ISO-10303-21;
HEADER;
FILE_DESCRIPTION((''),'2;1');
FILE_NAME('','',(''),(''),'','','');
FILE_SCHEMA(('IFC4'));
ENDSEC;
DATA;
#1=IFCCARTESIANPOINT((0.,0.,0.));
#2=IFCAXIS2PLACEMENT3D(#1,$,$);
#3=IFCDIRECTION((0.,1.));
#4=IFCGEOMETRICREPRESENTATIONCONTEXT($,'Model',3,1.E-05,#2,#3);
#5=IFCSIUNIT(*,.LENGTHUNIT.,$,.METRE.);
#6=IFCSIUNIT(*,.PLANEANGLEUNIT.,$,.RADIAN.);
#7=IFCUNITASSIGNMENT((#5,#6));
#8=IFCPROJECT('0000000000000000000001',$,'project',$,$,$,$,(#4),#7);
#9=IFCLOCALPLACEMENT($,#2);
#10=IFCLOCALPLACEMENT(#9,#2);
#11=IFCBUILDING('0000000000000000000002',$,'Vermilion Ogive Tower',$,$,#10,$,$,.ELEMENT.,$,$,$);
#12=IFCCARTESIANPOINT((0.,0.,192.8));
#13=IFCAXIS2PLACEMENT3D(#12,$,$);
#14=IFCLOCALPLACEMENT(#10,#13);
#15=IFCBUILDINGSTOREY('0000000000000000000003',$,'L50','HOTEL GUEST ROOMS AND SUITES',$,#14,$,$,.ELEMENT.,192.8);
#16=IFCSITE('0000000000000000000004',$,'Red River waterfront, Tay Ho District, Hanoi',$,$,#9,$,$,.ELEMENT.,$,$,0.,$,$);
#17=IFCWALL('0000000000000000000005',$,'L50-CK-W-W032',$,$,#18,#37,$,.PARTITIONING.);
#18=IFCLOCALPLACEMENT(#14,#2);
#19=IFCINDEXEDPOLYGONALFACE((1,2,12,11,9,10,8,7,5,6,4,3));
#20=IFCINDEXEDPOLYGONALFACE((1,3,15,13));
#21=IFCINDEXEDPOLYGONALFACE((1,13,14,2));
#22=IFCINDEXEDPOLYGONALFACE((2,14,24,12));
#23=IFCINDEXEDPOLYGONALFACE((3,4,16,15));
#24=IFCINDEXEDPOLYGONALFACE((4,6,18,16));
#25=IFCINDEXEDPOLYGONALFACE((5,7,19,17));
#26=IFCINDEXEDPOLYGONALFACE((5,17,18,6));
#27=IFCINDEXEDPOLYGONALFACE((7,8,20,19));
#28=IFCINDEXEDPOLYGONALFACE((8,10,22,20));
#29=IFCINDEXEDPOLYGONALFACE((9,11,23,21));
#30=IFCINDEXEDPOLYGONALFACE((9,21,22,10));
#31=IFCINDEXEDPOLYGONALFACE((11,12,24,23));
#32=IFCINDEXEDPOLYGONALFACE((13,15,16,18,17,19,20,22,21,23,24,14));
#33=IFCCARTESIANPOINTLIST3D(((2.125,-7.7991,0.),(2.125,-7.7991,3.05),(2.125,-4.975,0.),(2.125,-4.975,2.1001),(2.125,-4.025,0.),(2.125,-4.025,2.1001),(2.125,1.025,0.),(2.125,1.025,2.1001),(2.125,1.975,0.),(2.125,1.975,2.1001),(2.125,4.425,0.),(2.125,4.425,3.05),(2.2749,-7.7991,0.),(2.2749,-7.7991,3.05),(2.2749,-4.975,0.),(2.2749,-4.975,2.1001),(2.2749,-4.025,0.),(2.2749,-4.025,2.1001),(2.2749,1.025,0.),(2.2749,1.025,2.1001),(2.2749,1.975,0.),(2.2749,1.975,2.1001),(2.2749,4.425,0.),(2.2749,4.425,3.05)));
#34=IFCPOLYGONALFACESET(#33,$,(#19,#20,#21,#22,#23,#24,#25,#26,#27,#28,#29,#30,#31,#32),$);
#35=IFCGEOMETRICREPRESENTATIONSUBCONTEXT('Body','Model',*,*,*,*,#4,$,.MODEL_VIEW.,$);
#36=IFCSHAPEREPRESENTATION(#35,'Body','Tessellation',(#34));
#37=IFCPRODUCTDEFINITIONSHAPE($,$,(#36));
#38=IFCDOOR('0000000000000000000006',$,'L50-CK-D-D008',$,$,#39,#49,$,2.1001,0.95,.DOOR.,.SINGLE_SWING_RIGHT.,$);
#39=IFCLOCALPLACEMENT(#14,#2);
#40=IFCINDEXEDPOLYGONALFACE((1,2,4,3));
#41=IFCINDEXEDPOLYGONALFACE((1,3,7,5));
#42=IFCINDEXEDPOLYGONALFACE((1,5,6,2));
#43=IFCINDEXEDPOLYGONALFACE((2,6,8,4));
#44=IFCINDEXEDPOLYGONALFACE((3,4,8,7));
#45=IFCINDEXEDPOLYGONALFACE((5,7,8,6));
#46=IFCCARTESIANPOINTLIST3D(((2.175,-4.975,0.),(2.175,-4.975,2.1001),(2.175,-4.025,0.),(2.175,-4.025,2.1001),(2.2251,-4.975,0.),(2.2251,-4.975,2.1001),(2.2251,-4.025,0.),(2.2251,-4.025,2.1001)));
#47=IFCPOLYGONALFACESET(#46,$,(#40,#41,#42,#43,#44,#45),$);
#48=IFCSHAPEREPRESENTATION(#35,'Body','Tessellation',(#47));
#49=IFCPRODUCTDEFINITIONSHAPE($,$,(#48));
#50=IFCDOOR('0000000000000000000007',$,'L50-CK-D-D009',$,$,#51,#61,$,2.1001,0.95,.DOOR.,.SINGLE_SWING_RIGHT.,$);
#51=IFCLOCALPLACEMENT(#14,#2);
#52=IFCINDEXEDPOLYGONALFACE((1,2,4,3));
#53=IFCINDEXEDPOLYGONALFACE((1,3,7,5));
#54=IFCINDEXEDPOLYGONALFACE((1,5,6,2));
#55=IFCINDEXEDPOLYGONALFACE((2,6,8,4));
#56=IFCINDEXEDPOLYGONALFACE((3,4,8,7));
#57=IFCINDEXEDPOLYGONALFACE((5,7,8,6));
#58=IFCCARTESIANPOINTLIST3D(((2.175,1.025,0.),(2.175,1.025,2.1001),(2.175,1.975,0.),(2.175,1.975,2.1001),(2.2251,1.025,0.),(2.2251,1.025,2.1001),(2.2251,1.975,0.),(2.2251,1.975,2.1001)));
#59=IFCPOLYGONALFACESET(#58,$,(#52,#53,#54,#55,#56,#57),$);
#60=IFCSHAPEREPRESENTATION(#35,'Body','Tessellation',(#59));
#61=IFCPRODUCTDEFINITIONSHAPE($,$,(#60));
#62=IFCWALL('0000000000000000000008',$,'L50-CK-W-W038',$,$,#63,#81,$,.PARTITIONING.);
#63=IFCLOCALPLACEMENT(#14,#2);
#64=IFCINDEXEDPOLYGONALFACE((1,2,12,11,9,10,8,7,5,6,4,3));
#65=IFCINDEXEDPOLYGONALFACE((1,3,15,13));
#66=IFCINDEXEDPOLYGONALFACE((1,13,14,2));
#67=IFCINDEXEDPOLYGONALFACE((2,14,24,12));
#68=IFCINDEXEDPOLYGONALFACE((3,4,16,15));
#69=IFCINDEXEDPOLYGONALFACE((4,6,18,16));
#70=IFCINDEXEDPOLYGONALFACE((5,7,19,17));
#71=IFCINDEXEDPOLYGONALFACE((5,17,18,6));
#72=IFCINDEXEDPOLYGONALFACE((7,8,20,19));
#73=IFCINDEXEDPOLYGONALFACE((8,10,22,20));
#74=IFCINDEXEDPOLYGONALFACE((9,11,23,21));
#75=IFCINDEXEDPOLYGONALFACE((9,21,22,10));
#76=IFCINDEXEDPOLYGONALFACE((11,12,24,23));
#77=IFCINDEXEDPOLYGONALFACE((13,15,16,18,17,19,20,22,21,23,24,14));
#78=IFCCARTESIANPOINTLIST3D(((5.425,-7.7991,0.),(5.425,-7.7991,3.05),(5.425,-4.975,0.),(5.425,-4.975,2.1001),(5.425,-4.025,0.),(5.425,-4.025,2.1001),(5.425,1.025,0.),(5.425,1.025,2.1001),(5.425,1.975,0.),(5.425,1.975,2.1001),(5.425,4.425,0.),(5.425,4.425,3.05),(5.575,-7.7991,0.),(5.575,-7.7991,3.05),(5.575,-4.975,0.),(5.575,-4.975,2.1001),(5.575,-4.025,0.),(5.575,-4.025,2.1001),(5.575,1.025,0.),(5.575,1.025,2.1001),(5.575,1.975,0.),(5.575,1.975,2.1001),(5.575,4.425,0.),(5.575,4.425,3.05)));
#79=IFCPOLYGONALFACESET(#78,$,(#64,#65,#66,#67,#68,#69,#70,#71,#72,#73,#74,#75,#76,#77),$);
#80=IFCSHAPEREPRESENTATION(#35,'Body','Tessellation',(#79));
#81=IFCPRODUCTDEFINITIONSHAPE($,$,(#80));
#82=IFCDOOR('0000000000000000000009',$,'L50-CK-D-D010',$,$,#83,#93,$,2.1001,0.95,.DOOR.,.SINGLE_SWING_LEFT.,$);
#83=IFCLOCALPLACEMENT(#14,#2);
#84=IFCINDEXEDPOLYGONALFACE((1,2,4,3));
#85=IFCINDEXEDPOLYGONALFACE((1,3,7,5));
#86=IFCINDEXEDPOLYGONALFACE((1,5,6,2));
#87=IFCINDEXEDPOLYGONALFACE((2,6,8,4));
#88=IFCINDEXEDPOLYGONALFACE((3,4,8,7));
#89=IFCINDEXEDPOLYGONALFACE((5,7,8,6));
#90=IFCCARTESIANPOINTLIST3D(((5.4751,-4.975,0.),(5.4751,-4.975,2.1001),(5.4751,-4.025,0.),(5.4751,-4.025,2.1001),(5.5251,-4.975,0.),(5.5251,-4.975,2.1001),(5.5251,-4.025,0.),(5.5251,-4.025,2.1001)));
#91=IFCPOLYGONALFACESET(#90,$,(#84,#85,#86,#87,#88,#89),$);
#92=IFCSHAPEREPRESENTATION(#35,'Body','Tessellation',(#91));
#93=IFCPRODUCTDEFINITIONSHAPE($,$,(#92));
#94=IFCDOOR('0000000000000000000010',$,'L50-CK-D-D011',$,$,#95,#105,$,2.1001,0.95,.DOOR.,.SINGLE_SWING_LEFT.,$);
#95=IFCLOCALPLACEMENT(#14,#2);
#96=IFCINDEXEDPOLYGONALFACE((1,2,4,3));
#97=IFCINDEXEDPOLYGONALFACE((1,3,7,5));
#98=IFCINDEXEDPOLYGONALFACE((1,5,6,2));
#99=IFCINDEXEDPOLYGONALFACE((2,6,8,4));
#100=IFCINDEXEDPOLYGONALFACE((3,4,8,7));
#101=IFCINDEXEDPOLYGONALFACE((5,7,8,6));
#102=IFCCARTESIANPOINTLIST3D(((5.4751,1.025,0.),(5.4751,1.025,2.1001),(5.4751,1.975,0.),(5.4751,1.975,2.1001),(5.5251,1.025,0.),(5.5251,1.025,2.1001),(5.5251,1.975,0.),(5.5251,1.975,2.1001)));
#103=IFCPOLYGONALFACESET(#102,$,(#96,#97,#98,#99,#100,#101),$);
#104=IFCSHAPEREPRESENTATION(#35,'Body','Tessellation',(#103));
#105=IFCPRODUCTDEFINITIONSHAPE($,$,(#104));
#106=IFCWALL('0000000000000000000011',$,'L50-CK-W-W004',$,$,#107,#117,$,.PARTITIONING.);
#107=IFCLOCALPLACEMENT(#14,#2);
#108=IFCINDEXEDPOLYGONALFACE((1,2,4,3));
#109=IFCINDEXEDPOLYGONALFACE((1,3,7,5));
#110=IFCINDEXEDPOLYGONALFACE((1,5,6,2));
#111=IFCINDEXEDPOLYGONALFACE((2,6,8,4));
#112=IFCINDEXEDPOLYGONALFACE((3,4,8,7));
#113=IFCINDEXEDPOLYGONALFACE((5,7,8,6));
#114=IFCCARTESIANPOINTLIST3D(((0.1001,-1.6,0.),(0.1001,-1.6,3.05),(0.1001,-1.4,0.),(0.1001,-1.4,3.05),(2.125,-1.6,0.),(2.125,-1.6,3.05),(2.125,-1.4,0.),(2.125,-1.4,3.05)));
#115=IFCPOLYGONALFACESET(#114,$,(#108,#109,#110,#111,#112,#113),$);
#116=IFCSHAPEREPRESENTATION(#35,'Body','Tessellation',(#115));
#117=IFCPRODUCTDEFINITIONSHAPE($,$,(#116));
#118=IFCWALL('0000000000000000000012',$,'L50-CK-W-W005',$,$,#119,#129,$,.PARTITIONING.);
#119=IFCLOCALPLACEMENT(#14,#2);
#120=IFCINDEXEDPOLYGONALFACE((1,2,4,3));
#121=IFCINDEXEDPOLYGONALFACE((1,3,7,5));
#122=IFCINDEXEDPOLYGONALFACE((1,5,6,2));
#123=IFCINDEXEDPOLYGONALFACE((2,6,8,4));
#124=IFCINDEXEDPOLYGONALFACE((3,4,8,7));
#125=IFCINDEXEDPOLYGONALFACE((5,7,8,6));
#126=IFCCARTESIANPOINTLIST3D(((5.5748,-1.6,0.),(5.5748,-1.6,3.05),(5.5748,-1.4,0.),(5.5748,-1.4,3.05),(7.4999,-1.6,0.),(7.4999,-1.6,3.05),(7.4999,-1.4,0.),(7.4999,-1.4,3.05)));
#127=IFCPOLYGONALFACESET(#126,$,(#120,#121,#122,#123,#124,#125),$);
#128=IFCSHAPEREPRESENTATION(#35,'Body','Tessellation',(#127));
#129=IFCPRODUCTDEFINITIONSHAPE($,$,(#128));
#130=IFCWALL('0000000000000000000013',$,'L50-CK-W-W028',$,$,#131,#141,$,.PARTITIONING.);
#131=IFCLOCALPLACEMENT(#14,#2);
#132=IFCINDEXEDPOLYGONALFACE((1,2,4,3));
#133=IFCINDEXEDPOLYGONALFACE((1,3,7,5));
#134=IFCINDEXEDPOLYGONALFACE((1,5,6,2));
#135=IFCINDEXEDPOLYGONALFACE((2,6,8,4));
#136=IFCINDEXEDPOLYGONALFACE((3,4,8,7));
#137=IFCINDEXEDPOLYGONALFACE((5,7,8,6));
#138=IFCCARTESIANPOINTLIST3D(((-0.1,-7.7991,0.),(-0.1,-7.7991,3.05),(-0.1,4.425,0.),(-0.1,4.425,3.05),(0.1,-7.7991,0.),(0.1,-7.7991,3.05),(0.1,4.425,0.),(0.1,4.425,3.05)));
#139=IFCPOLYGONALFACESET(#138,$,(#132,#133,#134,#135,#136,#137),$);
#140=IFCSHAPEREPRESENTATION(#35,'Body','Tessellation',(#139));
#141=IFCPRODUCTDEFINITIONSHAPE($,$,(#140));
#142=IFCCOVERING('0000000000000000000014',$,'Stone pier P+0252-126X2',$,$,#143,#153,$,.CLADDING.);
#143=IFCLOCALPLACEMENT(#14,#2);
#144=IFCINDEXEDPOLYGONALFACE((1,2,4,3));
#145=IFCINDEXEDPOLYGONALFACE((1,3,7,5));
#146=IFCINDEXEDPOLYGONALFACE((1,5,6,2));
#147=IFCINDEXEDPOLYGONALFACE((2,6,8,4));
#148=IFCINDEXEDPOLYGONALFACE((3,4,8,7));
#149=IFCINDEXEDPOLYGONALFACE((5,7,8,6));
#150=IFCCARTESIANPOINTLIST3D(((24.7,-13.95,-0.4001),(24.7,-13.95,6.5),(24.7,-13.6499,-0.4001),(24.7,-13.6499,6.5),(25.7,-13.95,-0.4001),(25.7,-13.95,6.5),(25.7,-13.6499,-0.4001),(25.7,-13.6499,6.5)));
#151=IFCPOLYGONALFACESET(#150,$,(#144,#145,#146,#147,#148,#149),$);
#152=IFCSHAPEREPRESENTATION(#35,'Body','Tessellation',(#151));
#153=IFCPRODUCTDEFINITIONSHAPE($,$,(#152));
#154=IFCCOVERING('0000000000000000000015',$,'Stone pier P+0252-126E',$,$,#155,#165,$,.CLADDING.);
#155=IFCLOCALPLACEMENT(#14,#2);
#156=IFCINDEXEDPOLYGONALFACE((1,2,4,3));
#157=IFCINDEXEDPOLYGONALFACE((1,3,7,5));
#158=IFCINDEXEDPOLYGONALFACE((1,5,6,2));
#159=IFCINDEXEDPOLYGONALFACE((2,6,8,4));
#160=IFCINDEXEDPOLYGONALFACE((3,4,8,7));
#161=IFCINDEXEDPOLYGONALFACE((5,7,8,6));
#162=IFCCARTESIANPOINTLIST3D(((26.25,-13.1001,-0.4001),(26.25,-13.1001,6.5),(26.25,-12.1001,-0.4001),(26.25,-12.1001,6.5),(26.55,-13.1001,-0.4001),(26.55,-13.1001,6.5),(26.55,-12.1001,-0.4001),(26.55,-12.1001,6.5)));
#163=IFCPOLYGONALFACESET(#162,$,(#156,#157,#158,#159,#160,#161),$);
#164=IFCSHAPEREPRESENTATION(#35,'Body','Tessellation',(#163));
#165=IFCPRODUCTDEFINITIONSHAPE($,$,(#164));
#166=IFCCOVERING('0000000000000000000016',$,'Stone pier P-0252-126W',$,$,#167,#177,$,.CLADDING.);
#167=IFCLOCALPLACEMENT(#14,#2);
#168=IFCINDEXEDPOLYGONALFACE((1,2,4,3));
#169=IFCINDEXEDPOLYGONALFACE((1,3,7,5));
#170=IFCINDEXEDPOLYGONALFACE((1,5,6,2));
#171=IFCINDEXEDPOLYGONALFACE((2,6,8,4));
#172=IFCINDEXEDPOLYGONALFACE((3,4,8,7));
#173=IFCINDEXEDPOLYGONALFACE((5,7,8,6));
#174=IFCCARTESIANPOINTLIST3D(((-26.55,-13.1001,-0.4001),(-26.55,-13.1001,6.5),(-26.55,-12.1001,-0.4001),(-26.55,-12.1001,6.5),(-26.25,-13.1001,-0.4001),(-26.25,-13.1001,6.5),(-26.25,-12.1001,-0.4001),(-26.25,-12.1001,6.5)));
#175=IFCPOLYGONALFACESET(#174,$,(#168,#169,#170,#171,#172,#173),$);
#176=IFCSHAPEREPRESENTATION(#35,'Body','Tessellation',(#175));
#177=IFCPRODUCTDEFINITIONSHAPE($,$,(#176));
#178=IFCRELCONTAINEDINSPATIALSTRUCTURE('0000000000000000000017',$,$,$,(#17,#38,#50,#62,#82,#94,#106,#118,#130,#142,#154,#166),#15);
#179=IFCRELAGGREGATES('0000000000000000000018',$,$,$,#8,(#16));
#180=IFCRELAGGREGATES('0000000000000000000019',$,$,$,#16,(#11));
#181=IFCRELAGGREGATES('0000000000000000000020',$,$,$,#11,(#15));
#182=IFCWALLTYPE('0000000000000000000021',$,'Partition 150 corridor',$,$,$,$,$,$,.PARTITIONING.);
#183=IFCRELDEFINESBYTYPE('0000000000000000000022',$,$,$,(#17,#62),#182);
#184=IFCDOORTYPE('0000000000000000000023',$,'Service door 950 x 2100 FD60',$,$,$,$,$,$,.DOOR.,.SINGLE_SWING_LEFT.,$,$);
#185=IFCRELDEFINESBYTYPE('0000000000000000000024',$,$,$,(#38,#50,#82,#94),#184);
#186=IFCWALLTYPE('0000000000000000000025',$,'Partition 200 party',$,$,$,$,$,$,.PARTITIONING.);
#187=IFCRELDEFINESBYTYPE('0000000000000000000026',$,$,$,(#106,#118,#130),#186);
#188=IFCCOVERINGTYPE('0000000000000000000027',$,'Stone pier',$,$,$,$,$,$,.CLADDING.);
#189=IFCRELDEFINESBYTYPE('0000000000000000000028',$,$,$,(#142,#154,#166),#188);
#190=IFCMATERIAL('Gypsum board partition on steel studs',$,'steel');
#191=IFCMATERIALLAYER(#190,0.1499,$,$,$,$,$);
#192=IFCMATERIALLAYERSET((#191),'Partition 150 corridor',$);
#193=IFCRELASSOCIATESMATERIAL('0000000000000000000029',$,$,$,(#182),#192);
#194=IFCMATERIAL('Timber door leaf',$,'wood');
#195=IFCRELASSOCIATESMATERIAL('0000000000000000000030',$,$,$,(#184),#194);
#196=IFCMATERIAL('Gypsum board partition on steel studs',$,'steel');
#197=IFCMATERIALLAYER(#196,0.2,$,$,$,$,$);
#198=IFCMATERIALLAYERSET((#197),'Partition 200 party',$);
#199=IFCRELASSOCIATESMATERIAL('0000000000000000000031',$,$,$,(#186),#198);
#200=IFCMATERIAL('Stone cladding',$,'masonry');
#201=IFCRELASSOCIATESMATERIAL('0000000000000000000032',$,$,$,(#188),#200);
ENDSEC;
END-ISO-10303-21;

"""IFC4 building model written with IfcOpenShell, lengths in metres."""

from ifc_helpers import new_model, si_unit, direction, frame, frame_2d, origin, place, context, subcontext, project, spatial, polyline, rectangle, outline, extrude, material, layer, layer_set, type_object, element, fill, save


model = new_model("IFC4")

# Units and contexts
model_context = context("Model", 3, precision=1e-05, world=origin(), true_north=direction((0.0, 1.0)))
body_context = subcontext(model_context, "Body", "Model", "MODEL_VIEW")
ifc_project = project(units=[si_unit("LENGTHUNIT", "METRE"), si_unit("PLANEANGLEUNIT", "RADIAN")], contexts=[model_context])

# Site, building, storey
site_placement = place(None, origin())
site = spatial("IfcSite", under=ifc_project, at=site_placement, Name="Red River waterfront, Tay Ho District, Hanoi", CompositionType="ELEMENT", RefElevation=0.0)
building_placement = place(site_placement, origin())
building = spatial("IfcBuilding", under=site, at=building_placement, Name="Vermilion Ogive Tower", CompositionType="ELEMENT")
storey_placement = place(building_placement, frame((0.0, 0.0, 192.8)))
storey = spatial("IfcBuildingStorey", under=building, at=storey_placement, Name="L50", Description="HOTEL GUEST ROOMS AND SUITES", CompositionType="ELEMENT", Elevation=192.8)

# Walls, openings, doors
ifc_material_1 = material(Name="Gypsum board partition on steel studs", Category="steel")
ifc_layer_1 = layer(ifc_material_1, 0.1499)
ifc_layer_set_1 = layer_set([ifc_layer_1], Name="Partition 150 corridor")
wall_type_1 = type_object("IfcWallType", Name="Partition 150 corridor", PredefinedType="PARTITIONING", material=ifc_layer_set_1)
wall_1_placement = place(storey_placement, frame((2.2, -7.7991, 0.0), z_axis=(0.0, 0.0, 1.0), x_axis=(0.0, 1.0, 0.0)))
wall_1 = element("IfcWall", 1, at=wall_1_placement, inside=storey, type_object=wall_type_1, Name="L50-CK-W-W032", PredefinedType="PARTITIONING", context=body_context, shape_type="SweptSolid", body=[
    extrude(rectangle(XDim=12.2241, YDim=0.1499, at=frame_2d((6.1121, 0.0))), origin(), (0.0, 0.0, 1.0), 3.05),
])
opening_1_placement = place(wall_1_placement, frame((2.824, 0.0, 0.0)))
opening_1 = element("IfcOpeningElement", 2, at=opening_1_placement, cuts=wall_1, PredefinedType="OPENING", context=body_context, shape_type="SweptSolid", body=[
    extrude(rectangle(XDim=0.95, YDim=2.1001, at=frame_2d((0.4751, 1.05))), frame((0.0, 0.085, 0.0), z_axis=(0.0, -1.0, 0.0), x_axis=(1.0, 0.0, 0.0)), (0.0, 0.0, 1.0), 0.1699),
])
opening_2_placement = place(wall_1_placement, frame((8.824, 0.0, 0.0)))
opening_2 = element("IfcOpeningElement", 3, at=opening_2_placement, cuts=wall_1, PredefinedType="OPENING", context=body_context, shape_type="SweptSolid", body=[
    extrude(rectangle(XDim=0.95, YDim=2.1001, at=frame_2d((0.4751, 1.05))), frame((0.0, 0.085, 0.0), z_axis=(0.0, -1.0, 0.0), x_axis=(1.0, 0.0, 0.0)), (0.0, 0.0, 1.0), 0.1699),
])
ifc_material_2 = material(Name="Timber door leaf", Category="wood")
door_type_1 = type_object("IfcDoorType", Name="Service door 950 x 2100 FD60", OperationType="SINGLE_SWING_LEFT", PredefinedType="DOOR", material=ifc_material_2)
door_1_placement = place(opening_1_placement, origin())
door_1 = element("IfcDoor", 4, at=door_1_placement, inside=storey, type_object=door_type_1, Name="L50-CK-D-D008", OperationType="SINGLE_SWING_RIGHT", OverallHeight=2.1001, OverallWidth=0.95, PredefinedType="DOOR", context=body_context, shape_type="SweptSolid", body=[
    extrude(rectangle(XDim=0.95, YDim=2.1001, at=frame_2d((0.4751, 1.05))), frame((0.0, 0.0249, 0.0), z_axis=(0.0, -1.0, 0.0), x_axis=(1.0, 0.0, 0.0)), (0.0, 0.0, 1.0), 0.05),
])
fill(opening_1, door_1)
door_2_placement = place(opening_2_placement, origin())
door_2 = element("IfcDoor", 5, at=door_2_placement, inside=storey, type_object=door_type_1, Name="L50-CK-D-D009", OperationType="SINGLE_SWING_RIGHT", OverallHeight=2.1001, OverallWidth=0.95, PredefinedType="DOOR", context=body_context, shape_type="SweptSolid", body=[
    extrude(rectangle(XDim=0.95, YDim=2.1001, at=frame_2d((0.4751, 1.05))), frame((0.0, 0.0249, 0.0), z_axis=(0.0, -1.0, 0.0), x_axis=(1.0, 0.0, 0.0)), (0.0, 0.0, 1.0), 0.05),
])
fill(opening_2, door_2)
wall_2_placement = place(storey_placement, frame((5.5, -7.7991, 0.0), z_axis=(0.0, 0.0, 1.0), x_axis=(0.0, 1.0, 0.0)))
wall_2 = element("IfcWall", 6, at=wall_2_placement, inside=storey, type_object=wall_type_1, Name="L50-CK-W-W038", PredefinedType="PARTITIONING", context=body_context, shape_type="SweptSolid", body=[
    extrude(rectangle(XDim=12.2241, YDim=0.1499, at=frame_2d((6.1121, 0.0))), origin(), (0.0, 0.0, 1.0), 3.05),
])
opening_3_placement = place(wall_2_placement, frame((2.824, 0.0, 0.0)))
opening_3 = element("IfcOpeningElement", 7, at=opening_3_placement, cuts=wall_2, PredefinedType="OPENING", context=body_context, shape_type="SweptSolid", body=[
    extrude(rectangle(XDim=0.95, YDim=2.1001, at=frame_2d((0.4751, 1.05))), frame((0.0, 0.085, 0.0), z_axis=(0.0, -1.0, 0.0), x_axis=(1.0, 0.0, 0.0)), (0.0, 0.0, 1.0), 0.1699),
])
opening_4_placement = place(wall_2_placement, frame((8.824, 0.0, 0.0)))
opening_4 = element("IfcOpeningElement", 8, at=opening_4_placement, cuts=wall_2, PredefinedType="OPENING", context=body_context, shape_type="SweptSolid", body=[
    extrude(rectangle(XDim=0.95, YDim=2.1001, at=frame_2d((0.4751, 1.05))), frame((0.0, 0.085, 0.0), z_axis=(0.0, -1.0, 0.0), x_axis=(1.0, 0.0, 0.0)), (0.0, 0.0, 1.0), 0.1699),
])
door_3_placement = place(opening_3_placement, origin())
door_3 = element("IfcDoor", 9, at=door_3_placement, inside=storey, type_object=door_type_1, Name="L50-CK-D-D010", OperationType="SINGLE_SWING_LEFT", OverallHeight=2.1001, OverallWidth=0.95, PredefinedType="DOOR", context=body_context, shape_type="SweptSolid", body=[
    extrude(rectangle(XDim=0.95, YDim=2.1001, at=frame_2d((0.4751, 1.05))), frame((0.0, 0.0249, 0.0), z_axis=(0.0, -1.0, 0.0), x_axis=(1.0, 0.0, 0.0)), (0.0, 0.0, 1.0), 0.05),
])
fill(opening_3, door_3)
door_4_placement = place(opening_4_placement, origin())
door_4 = element("IfcDoor", 10, at=door_4_placement, inside=storey, type_object=door_type_1, Name="L50-CK-D-D011", OperationType="SINGLE_SWING_LEFT", OverallHeight=2.1001, OverallWidth=0.95, PredefinedType="DOOR", context=body_context, shape_type="SweptSolid", body=[
    extrude(rectangle(XDim=0.95, YDim=2.1001, at=frame_2d((0.4751, 1.05))), frame((0.0, 0.0249, 0.0), z_axis=(0.0, -1.0, 0.0), x_axis=(1.0, 0.0, 0.0)), (0.0, 0.0, 1.0), 0.05),
])
fill(opening_4, door_4)

# Walls
ifc_material_3 = material(Name="Gypsum board partition on steel studs", Category="steel")
ifc_layer_2 = layer(ifc_material_3, 0.2)
ifc_layer_set_2 = layer_set([ifc_layer_2], Name="Partition 200 party")
wall_type_2 = type_object("IfcWallType", Name="Partition 200 party", PredefinedType="PARTITIONING", material=ifc_layer_set_2)
wall_3_placement = place(storey_placement, frame((0.1001, -1.5, 0.0), z_axis=(0.0, 0.0, 1.0), x_axis=(1.0, 0.0, 0.0)))
element("IfcWall", 11, at=wall_3_placement, inside=storey, type_object=wall_type_2, Name="L50-CK-W-W004", PredefinedType="PARTITIONING", context=body_context, shape_type="SweptSolid", body=[
    extrude(rectangle(XDim=2.0249, YDim=0.2, at=frame_2d((1.0125, 0.0))), origin(), (0.0, 0.0, 1.0), 3.05),
])
wall_4_placement = place(storey_placement, frame((5.575, -1.5, 0.0), z_axis=(0.0, 0.0, 1.0), x_axis=(1.0, 0.0, 0.0)))
element("IfcWall", 12, at=wall_4_placement, inside=storey, type_object=wall_type_2, Name="L50-CK-W-W005", PredefinedType="PARTITIONING", context=body_context, shape_type="SweptSolid", body=[
    extrude(rectangle(XDim=1.925, YDim=0.2, at=frame_2d((0.9624, 0.0))), origin(), (0.0, 0.0, 1.0), 3.05),
])
wall_5_placement = place(storey_placement, frame((0.0, -7.7991, 0.0), z_axis=(0.0, 0.0, 1.0), x_axis=(0.0, 1.0, 0.0)))
element("IfcWall", 13, at=wall_5_placement, inside=storey, type_object=wall_type_2, Name="L50-CK-W-W028", PredefinedType="PARTITIONING", context=body_context, shape_type="SweptSolid", body=[
    extrude(rectangle(XDim=12.2241, YDim=0.2, at=frame_2d((6.1121, 0.0))), origin(), (0.0, 0.0, 1.0), 3.05),
])

# Coverings
ifc_material_4 = material(Name="Stone cladding", Category="masonry")
covering_type = type_object("IfcCoveringType", Name="Stone pier", PredefinedType="CLADDING", material=ifc_material_4)
covering_1_placement = place(storey_placement, frame((0.0, 0.0, -0.4001)))
element("IfcCovering", 14, at=covering_1_placement, inside=storey, type_object=covering_type, Name="Stone pier P+0252-126X2", PredefinedType="CLADDING", context=body_context, shape_type="SweptSolid", body=[
    extrude(outline(polyline([(25.7, -13.95), (24.7, -13.95), (24.7, -13.6499), (25.7, -13.6499), (25.7, -13.95)])), origin(), (0.0, 0.0, 1.0), 6.9001),
])
covering_2_placement = place(storey_placement, frame((0.0, 0.0, -0.4001)))
element("IfcCovering", 15, at=covering_2_placement, inside=storey, type_object=covering_type, Name="Stone pier P+0252-126E", PredefinedType="CLADDING", context=body_context, shape_type="SweptSolid", body=[
    extrude(outline(polyline([(26.55, -13.1001), (26.25, -13.1001), (26.25, -12.1001), (26.55, -12.1001), (26.55, -13.1001)])), origin(), (0.0, 0.0, 1.0), 6.9001),
])
covering_3_placement = place(storey_placement, frame((0.0, 0.0, -0.4001)))
element("IfcCovering", 16, at=covering_3_placement, inside=storey, type_object=covering_type, Name="Stone pier P-0252-126W", PredefinedType="CLADDING", context=body_context, shape_type="SweptSolid", body=[
    extrude(outline(polyline([(-26.55, -13.1001), (-26.55, -12.1001), (-26.25, -12.1001), (-26.25, -13.1001), (-26.55, -13.1001)])), origin(), (0.0, 0.0, 1.0), 6.9001),
])

save(model, "model.ifc")
